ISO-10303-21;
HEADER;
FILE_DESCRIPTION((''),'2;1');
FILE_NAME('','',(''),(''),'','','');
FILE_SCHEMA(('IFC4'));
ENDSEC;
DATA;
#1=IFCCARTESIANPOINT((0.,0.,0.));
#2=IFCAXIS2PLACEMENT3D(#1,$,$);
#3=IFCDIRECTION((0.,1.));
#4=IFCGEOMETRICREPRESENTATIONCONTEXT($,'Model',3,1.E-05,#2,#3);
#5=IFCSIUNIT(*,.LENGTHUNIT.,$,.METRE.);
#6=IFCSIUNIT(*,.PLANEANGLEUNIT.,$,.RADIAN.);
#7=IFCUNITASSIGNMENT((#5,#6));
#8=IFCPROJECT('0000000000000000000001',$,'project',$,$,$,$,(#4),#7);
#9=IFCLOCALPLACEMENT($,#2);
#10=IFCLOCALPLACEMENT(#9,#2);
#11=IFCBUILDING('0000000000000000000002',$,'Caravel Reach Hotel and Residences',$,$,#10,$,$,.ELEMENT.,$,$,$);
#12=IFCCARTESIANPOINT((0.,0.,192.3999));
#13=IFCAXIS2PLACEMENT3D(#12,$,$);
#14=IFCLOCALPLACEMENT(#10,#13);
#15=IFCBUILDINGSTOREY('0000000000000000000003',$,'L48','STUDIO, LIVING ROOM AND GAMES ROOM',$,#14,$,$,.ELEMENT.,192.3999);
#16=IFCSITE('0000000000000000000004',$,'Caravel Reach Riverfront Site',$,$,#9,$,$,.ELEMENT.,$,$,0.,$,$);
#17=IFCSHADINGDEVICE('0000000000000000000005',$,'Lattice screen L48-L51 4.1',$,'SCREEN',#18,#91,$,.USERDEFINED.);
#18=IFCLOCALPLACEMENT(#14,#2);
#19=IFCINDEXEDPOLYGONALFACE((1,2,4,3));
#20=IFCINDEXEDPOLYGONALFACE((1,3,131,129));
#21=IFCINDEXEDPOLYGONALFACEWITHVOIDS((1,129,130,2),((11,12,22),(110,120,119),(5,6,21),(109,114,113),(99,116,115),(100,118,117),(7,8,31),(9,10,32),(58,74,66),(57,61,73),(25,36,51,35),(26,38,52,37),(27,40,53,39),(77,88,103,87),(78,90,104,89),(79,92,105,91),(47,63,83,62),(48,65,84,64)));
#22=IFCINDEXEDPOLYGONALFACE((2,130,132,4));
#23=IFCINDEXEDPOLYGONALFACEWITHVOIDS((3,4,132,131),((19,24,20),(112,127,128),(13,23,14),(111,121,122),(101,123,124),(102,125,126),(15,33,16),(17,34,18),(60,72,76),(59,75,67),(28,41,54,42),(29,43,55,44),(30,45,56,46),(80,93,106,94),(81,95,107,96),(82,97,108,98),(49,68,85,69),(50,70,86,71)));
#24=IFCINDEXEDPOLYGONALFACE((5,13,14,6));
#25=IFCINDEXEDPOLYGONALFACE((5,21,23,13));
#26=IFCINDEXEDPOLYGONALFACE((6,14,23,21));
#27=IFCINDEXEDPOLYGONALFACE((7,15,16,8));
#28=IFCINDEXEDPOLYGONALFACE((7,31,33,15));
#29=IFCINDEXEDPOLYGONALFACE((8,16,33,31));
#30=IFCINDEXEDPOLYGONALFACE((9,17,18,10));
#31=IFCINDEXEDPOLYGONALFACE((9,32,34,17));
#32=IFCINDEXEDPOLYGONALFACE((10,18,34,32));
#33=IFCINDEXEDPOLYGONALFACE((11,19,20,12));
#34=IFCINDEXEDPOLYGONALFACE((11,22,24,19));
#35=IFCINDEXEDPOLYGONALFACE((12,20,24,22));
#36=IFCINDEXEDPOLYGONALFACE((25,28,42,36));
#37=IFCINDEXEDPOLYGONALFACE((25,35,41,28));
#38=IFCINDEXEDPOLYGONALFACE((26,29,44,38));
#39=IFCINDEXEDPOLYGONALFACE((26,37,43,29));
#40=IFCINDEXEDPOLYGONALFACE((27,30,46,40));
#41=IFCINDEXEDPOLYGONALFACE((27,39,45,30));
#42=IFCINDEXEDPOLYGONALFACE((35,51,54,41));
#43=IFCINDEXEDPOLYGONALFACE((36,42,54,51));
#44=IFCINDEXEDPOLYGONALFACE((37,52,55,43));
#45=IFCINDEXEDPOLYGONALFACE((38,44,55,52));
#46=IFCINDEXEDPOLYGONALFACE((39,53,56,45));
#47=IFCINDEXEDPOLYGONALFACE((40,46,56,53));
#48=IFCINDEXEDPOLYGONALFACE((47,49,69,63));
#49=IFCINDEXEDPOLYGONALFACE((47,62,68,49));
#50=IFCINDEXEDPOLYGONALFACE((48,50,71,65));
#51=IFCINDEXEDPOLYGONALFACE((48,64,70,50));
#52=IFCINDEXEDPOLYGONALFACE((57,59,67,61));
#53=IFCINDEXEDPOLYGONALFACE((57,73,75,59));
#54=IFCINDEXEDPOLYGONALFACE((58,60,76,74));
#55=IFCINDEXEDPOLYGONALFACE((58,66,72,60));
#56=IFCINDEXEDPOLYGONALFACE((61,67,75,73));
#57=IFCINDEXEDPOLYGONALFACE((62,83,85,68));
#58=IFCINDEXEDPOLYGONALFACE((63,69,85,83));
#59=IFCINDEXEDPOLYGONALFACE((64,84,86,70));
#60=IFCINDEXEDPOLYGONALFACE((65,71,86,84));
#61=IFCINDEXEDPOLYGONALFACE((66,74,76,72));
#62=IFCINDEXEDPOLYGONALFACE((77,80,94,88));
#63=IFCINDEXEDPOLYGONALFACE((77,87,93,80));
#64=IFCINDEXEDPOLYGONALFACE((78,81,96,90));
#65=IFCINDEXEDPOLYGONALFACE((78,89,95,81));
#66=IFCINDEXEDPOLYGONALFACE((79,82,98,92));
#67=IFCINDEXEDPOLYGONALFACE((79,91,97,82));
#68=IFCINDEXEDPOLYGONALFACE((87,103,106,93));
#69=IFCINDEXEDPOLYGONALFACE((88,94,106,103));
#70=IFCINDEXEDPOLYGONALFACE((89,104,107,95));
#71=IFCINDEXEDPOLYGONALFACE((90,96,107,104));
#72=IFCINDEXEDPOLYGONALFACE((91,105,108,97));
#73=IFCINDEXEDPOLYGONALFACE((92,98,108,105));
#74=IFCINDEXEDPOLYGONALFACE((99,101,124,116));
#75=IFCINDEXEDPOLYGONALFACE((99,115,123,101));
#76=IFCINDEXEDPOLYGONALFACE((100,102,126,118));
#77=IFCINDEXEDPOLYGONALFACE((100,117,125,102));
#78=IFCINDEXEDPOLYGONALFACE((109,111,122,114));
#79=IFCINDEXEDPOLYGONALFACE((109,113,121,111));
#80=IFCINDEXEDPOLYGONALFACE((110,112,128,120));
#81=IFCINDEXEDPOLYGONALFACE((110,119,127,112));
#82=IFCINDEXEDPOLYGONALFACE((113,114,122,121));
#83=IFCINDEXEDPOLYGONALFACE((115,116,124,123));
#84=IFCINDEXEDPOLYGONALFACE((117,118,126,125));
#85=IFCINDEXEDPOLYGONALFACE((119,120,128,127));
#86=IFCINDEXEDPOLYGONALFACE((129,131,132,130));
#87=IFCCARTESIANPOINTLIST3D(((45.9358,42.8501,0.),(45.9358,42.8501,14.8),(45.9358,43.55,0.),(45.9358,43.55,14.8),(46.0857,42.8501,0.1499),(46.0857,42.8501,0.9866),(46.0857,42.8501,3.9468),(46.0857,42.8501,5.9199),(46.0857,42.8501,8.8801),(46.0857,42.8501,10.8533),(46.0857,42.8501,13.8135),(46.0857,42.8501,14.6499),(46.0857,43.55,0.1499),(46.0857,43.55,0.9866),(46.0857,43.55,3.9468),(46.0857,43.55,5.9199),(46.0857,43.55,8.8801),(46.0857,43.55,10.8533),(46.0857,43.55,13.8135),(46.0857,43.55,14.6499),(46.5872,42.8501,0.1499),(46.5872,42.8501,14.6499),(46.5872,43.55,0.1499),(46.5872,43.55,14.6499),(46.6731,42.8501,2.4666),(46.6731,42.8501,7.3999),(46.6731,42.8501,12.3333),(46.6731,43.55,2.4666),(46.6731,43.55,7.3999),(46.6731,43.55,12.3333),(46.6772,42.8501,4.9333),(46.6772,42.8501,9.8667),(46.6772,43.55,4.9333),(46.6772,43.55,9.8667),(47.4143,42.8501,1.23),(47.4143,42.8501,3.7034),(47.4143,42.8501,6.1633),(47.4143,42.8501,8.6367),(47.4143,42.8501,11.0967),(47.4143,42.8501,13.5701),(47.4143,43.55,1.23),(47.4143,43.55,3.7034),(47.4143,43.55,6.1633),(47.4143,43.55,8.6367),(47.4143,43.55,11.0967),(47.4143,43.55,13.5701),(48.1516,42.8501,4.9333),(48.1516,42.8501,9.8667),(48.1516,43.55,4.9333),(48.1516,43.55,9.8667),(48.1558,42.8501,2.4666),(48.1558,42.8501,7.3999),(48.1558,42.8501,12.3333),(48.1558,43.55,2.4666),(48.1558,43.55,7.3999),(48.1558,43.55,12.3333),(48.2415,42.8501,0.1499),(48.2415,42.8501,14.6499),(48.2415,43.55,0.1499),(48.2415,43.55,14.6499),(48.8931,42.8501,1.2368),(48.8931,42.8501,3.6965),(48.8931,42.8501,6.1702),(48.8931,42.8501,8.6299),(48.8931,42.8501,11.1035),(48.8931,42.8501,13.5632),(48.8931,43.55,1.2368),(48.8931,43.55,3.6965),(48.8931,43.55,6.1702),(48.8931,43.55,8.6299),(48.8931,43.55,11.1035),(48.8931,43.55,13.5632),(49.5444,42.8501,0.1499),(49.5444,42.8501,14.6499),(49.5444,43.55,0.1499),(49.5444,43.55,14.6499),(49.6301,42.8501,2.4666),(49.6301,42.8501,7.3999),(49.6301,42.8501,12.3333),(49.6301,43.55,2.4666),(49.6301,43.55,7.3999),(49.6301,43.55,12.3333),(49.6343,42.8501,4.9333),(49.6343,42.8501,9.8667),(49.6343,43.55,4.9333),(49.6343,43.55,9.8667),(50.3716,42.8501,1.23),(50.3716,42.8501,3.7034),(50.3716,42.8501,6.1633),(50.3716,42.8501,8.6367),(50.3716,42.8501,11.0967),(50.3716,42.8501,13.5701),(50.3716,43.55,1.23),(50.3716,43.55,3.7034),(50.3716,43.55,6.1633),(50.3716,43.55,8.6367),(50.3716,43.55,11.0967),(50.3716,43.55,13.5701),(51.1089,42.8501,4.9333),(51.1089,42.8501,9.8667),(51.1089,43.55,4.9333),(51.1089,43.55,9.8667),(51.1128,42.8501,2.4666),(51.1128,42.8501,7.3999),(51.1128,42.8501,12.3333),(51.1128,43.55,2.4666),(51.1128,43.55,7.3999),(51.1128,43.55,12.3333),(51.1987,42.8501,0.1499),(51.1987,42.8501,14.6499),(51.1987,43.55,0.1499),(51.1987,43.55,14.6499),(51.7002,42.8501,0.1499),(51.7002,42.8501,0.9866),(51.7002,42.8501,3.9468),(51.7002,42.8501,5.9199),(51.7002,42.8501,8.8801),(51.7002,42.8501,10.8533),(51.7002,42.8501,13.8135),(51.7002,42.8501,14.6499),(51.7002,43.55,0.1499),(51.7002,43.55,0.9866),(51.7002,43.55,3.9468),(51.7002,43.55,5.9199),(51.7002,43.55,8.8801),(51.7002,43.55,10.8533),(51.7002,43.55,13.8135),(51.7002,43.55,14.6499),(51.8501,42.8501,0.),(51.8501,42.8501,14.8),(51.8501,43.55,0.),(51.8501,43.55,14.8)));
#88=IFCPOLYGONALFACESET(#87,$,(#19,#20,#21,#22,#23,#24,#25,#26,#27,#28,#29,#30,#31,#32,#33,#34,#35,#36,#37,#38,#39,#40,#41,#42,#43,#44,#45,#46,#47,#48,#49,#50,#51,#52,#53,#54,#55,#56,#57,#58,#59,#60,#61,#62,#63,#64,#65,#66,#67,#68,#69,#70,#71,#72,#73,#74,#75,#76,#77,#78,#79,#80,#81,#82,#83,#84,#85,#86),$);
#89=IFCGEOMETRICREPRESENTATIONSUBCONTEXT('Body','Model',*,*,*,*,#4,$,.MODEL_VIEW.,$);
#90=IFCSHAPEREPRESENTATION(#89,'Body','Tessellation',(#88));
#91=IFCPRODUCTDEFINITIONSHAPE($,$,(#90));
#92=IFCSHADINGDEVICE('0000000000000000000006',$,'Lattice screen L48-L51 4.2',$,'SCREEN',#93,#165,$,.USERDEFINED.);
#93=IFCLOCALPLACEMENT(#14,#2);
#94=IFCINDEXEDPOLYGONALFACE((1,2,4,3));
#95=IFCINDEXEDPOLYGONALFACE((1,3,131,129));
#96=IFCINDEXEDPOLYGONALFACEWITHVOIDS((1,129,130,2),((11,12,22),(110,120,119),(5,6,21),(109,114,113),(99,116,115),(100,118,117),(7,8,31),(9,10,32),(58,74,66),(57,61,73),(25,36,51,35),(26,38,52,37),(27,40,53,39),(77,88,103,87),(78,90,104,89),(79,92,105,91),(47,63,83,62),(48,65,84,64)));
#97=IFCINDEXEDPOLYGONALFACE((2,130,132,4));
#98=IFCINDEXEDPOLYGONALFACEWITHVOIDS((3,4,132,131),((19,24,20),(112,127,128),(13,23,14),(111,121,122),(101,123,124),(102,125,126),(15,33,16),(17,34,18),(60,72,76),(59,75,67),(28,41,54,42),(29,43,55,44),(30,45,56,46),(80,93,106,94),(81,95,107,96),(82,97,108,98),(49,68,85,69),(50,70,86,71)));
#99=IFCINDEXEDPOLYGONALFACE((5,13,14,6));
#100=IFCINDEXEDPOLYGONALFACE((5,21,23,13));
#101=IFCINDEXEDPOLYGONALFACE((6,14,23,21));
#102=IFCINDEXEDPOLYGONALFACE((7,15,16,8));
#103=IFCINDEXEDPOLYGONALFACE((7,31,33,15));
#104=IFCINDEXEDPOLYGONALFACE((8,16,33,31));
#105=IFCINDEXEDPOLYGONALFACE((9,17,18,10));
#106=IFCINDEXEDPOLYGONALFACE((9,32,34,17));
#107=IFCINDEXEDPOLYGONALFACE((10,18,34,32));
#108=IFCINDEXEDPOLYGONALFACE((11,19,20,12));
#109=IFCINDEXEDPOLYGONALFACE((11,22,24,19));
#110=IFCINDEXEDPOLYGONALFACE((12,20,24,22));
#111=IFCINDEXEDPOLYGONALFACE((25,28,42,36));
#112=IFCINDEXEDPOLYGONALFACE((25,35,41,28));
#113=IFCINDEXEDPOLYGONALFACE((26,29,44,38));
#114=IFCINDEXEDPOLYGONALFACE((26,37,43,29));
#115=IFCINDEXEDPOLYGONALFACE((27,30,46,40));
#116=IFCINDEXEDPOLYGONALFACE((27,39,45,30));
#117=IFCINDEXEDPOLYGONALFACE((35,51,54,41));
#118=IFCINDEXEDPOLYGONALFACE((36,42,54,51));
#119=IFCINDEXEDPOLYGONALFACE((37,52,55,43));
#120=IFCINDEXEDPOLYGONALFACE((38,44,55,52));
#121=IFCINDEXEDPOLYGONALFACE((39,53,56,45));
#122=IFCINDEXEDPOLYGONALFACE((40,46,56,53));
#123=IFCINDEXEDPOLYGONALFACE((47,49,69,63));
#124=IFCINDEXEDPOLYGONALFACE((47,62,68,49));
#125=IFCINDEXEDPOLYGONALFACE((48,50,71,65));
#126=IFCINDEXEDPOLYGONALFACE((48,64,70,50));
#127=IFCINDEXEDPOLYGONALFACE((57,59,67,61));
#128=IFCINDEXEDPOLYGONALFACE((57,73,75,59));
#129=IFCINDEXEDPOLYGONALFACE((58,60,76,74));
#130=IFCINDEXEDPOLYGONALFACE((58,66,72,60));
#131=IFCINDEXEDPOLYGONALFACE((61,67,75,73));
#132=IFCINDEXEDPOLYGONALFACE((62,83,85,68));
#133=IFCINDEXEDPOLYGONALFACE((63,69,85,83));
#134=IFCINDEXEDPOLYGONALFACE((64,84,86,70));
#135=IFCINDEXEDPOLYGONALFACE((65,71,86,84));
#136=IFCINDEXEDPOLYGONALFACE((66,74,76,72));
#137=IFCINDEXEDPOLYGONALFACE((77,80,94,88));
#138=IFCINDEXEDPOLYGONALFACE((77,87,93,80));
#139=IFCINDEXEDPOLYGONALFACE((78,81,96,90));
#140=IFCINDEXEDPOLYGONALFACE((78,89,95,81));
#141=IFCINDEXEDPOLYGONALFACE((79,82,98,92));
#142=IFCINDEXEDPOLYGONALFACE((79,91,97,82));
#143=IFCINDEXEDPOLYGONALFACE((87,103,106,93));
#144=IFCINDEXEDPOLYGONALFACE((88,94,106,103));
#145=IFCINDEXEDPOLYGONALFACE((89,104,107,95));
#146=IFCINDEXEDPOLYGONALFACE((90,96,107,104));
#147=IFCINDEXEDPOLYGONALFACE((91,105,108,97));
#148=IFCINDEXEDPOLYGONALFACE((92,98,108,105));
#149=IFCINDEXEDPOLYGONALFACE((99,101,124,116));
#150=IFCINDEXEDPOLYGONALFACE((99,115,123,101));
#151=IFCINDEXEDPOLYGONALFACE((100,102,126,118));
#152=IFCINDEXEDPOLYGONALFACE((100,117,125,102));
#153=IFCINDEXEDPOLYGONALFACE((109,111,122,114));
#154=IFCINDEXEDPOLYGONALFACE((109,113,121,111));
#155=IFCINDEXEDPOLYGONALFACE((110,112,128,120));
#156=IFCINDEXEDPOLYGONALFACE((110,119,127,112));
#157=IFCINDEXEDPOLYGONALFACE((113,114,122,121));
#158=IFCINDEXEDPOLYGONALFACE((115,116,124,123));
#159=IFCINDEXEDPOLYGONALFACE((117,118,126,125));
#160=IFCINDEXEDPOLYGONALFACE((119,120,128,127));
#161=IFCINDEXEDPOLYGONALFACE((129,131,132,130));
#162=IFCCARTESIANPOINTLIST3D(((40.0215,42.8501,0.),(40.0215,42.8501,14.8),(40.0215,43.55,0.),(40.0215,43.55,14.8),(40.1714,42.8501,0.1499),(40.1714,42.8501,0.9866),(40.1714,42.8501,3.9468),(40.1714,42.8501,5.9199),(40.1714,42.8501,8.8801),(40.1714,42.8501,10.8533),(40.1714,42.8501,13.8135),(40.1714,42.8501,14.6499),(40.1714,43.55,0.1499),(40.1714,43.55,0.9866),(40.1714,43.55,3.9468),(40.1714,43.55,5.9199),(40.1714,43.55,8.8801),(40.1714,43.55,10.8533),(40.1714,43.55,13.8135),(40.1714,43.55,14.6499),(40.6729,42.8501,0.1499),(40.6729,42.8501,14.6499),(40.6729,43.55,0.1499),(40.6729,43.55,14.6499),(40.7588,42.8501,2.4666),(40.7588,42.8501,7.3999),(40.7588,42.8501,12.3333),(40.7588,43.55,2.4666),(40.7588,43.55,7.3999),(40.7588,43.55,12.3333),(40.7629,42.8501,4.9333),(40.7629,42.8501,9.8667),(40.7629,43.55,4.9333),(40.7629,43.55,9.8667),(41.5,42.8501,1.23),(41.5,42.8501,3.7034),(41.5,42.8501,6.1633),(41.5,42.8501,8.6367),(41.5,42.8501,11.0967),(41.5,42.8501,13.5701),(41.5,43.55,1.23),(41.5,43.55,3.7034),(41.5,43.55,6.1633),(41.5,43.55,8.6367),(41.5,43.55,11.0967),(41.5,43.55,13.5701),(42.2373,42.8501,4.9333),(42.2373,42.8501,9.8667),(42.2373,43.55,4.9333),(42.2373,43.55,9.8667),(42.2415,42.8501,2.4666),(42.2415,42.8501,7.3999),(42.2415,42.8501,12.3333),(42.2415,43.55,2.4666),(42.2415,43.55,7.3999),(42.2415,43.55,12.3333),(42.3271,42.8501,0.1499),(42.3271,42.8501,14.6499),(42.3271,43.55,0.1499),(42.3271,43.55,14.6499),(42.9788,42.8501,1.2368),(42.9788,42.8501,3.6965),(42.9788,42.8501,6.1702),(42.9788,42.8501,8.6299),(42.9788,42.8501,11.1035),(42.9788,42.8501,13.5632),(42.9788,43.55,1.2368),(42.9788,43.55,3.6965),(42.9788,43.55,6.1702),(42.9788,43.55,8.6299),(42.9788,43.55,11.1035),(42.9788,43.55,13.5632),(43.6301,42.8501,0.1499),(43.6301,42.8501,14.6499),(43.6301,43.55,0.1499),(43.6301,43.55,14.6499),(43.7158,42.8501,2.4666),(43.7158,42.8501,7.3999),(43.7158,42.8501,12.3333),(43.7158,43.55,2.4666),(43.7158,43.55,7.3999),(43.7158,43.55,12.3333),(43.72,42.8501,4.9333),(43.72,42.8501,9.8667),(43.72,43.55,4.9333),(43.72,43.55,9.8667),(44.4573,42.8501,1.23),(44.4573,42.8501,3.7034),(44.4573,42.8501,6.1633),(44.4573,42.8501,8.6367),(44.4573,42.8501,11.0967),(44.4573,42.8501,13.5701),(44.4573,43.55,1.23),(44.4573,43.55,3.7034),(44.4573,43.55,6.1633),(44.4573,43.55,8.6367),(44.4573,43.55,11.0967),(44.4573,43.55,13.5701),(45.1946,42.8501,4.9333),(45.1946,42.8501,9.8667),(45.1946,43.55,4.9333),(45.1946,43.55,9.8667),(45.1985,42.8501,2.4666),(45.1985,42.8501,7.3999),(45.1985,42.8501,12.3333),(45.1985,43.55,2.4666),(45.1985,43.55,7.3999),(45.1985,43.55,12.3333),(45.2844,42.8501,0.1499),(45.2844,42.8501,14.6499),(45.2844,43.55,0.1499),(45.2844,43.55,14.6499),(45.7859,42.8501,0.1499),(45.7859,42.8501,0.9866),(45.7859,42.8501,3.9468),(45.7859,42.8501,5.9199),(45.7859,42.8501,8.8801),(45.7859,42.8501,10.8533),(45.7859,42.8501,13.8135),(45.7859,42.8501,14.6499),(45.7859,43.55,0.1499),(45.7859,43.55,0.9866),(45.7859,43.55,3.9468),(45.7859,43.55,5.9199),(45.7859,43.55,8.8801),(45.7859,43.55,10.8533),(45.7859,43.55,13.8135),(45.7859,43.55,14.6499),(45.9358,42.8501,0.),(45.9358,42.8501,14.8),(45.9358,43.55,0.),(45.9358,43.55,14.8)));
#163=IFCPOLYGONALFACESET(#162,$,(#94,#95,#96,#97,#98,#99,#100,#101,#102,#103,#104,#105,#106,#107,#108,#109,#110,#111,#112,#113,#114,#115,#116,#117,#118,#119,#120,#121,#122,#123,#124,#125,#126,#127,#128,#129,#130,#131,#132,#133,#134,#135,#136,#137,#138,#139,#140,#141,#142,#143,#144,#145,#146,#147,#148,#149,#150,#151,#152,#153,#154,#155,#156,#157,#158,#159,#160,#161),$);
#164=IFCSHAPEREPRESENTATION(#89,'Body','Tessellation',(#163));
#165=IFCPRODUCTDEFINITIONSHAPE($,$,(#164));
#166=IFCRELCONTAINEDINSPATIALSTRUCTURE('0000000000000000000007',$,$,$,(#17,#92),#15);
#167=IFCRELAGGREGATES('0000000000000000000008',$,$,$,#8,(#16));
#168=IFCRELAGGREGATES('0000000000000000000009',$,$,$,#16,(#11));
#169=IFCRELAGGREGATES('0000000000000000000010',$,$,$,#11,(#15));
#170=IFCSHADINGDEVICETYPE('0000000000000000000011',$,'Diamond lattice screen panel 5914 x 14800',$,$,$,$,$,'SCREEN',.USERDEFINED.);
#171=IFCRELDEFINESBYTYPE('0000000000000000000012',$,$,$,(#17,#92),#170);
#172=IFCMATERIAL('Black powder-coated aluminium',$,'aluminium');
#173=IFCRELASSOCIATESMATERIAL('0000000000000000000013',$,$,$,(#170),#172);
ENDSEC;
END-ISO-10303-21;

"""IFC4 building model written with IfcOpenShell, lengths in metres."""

from ifc_helpers import new_model, si_unit, direction, frame, origin, place, context, subcontext, project, spatial, polyline, outline, extrude, material, type_object, element, save


model = new_model("IFC4")

# Units and contexts
model_context = context("Model", 3, precision=1e-05, world=origin(), true_north=direction((0.0, 1.0)))
body_context = subcontext(model_context, "Body", "Model", "MODEL_VIEW")
ifc_project = project(units=[si_unit("LENGTHUNIT", "METRE"), si_unit("PLANEANGLEUNIT", "RADIAN")], contexts=[model_context])

# Site, building, storey
site_placement = place(None, origin())
site = spatial("IfcSite", under=ifc_project, at=site_placement, Name="Caravel Reach Riverfront Site", CompositionType="ELEMENT", RefElevation=0.0)
building_placement = place(site_placement, origin())
building = spatial("IfcBuilding", under=site, at=building_placement, Name="Caravel Reach Hotel and Residences", CompositionType="ELEMENT")
storey_placement = place(building_placement, frame((0.0, 0.0, 192.3999)))
storey = spatial("IfcBuildingStorey", under=building, at=storey_placement, Name="L48", Description="STUDIO, LIVING ROOM AND GAMES ROOM", CompositionType="ELEMENT", Elevation=192.3999)

# Shading devices
ifc_material_1 = material(Name="Black powder-coated aluminium", Category="aluminium")
shading_device_type_1 = type_object("IfcShadingDeviceType", Name="Diamond lattice screen panel 5914 x 14800", ElementType="SCREEN", PredefinedType="USERDEFINED", material=ifc_material_1)
shading_device_1_placement = place(storey_placement, frame((51.8501, 42.8501, 0.0), z_axis=(0.0, 1.0, 0.0), x_axis=(-1.0, 0.0, 0.0)))
element("IfcShadingDevice", 1, at=shading_device_1_placement, inside=storey, type_object=shading_device_type_1, Name="Lattice screen L48-L51 4.1", ObjectType="SCREEN", PredefinedType="USERDEFINED", context=body_context, shape_type="SweptSolid", body=[
    extrude(outline(polyline([(0.0, 0.0), (5.9143, 0.0), (5.9143, 14.8), (0.0, 14.8), (0.0, 0.0)]), holes=[polyline([(0.6514, 0.1499), (0.1499, 0.9866), (0.1499, 0.1499), (0.6514, 0.1499)]), polyline([(0.7412, 4.9333), (0.1499, 5.9199), (0.1499, 3.9468), (0.7412, 4.9333)]), polyline([(0.7412, 9.8667), (0.1499, 10.8533), (0.1499, 8.8801), (0.7412, 9.8667)]), polyline([(0.1499, 13.8135), (0.6514, 14.6499), (0.1499, 14.6499), (0.1499, 13.8135)]), polyline([(1.4785, 3.7034), (0.7373, 2.4666), (1.4785, 1.23), (2.22, 2.4666), (1.4785, 3.7034)]), polyline([(1.4785, 8.6367), (0.7373, 7.3999), (1.4785, 6.1633), (2.22, 7.3999), (1.4785, 8.6367)]), polyline([(1.4785, 13.5701), (0.7373, 12.3333), (1.4785, 11.0967), (2.22, 12.3333), (1.4785, 13.5701)]), polyline([(2.957, 1.2368), (2.3057, 0.1499), (3.6086, 0.1499), (2.957, 1.2368)]), polyline([(2.957, 6.1702), (2.2158, 4.9333), (2.957, 3.6965), (3.6985, 4.9333), (2.957, 6.1702)]), polyline([(2.957, 11.1035), (2.2158, 9.8667), (2.957, 8.6299), (3.6985, 9.8667), (2.957, 11.1035)]), polyline([(2.957, 13.5632), (3.6086, 14.6499), (2.3057, 14.6499), (2.957, 13.5632)]), polyline([(4.4358, 3.7034), (3.6943, 2.4666), (4.4358, 1.23), (5.177, 2.4666), (4.4358, 3.7034)]), polyline([(4.4358, 8.6367), (3.6943, 7.3999), (4.4358, 6.1633), (5.177, 7.3999), (4.4358, 8.6367)]), polyline([(4.4358, 13.5701), (3.6943, 12.3333), (4.4358, 11.0967), (5.177, 12.3333), (4.4358, 13.5701)]), polyline([(5.7644, 0.9866), (5.2629, 0.1499), (5.7644, 0.1499), (5.7644, 0.9866)]), polyline([(5.1729, 4.9333), (5.7644, 3.9468), (5.7644, 5.9199), (5.1729, 4.9333)]), polyline([(5.1729, 9.8667), (5.7644, 8.8801), (5.7644, 10.8533), (5.1729, 9.8667)]), polyline([(5.2629, 14.6499), (5.7644, 13.8135), (5.7644, 14.6499), (5.2629, 14.6499)])]), origin(), (0.0, 0.0, 1.0), 0.7),
])
shading_device_2_placement = place(storey_placement, frame((45.9358, 42.8501, 0.0), z_axis=(0.0, 1.0, 0.0), x_axis=(-1.0, 0.0, 0.0)))
element("IfcShadingDevice", 2, at=shading_device_2_placement, inside=storey, type_object=shading_device_type_1, Name="Lattice screen L48-L51 4.2", ObjectType="SCREEN", PredefinedType="USERDEFINED", context=body_context, shape_type="SweptSolid", body=[
    extrude(outline(polyline([(0.0, 0.0), (5.9143, 0.0), (5.9143, 14.8), (0.0, 14.8), (0.0, 0.0)]), holes=[polyline([(0.6514, 0.1499), (0.1499, 0.9866), (0.1499, 0.1499), (0.6514, 0.1499)]), polyline([(0.7412, 4.9333), (0.1499, 5.9199), (0.1499, 3.9468), (0.7412, 4.9333)]), polyline([(0.7412, 9.8667), (0.1499, 10.8533), (0.1499, 8.8801), (0.7412, 9.8667)]), polyline([(0.1499, 13.8135), (0.6514, 14.6499), (0.1499, 14.6499), (0.1499, 13.8135)]), polyline([(1.4785, 3.7034), (0.7373, 2.4666), (1.4785, 1.23), (2.22, 2.4666), (1.4785, 3.7034)]), polyline([(1.4785, 8.6367), (0.7373, 7.3999), (1.4785, 6.1633), (2.22, 7.3999), (1.4785, 8.6367)]), polyline([(1.4785, 13.5701), (0.7373, 12.3333), (1.4785, 11.0967), (2.22, 12.3333), (1.4785, 13.5701)]), polyline([(2.957, 1.2368), (2.3057, 0.1499), (3.6086, 0.1499), (2.957, 1.2368)]), polyline([(2.957, 6.1702), (2.2158, 4.9333), (2.957, 3.6965), (3.6985, 4.9333), (2.957, 6.1702)]), polyline([(2.957, 11.1035), (2.2158, 9.8667), (2.957, 8.6299), (3.6985, 9.8667), (2.957, 11.1035)]), polyline([(2.957, 13.5632), (3.6086, 14.6499), (2.3057, 14.6499), (2.957, 13.5632)]), polyline([(4.4358, 3.7034), (3.6943, 2.4666), (4.4358, 1.23), (5.177, 2.4666), (4.4358, 3.7034)]), polyline([(4.4358, 8.6367), (3.6943, 7.3999), (4.4358, 6.1633), (5.177, 7.3999), (4.4358, 8.6367)]), polyline([(4.4358, 13.5701), (3.6943, 12.3333), (4.4358, 11.0967), (5.177, 12.3333), (4.4358, 13.5701)]), polyline([(5.7644, 0.9866), (5.2629, 0.1499), (5.7644, 0.1499), (5.7644, 0.9866)]), polyline([(5.1729, 4.9333), (5.7644, 3.9468), (5.7644, 5.9199), (5.1729, 4.9333)]), polyline([(5.1729, 9.8667), (5.7644, 8.8801), (5.7644, 10.8533), (5.1729, 9.8667)]), polyline([(5.2629, 14.6499), (5.7644, 13.8135), (5.7644, 14.6499), (5.2629, 14.6499)])]), origin(), (0.0, 0.0, 1.0), 0.7),
])

save(model, "model.ifc")
